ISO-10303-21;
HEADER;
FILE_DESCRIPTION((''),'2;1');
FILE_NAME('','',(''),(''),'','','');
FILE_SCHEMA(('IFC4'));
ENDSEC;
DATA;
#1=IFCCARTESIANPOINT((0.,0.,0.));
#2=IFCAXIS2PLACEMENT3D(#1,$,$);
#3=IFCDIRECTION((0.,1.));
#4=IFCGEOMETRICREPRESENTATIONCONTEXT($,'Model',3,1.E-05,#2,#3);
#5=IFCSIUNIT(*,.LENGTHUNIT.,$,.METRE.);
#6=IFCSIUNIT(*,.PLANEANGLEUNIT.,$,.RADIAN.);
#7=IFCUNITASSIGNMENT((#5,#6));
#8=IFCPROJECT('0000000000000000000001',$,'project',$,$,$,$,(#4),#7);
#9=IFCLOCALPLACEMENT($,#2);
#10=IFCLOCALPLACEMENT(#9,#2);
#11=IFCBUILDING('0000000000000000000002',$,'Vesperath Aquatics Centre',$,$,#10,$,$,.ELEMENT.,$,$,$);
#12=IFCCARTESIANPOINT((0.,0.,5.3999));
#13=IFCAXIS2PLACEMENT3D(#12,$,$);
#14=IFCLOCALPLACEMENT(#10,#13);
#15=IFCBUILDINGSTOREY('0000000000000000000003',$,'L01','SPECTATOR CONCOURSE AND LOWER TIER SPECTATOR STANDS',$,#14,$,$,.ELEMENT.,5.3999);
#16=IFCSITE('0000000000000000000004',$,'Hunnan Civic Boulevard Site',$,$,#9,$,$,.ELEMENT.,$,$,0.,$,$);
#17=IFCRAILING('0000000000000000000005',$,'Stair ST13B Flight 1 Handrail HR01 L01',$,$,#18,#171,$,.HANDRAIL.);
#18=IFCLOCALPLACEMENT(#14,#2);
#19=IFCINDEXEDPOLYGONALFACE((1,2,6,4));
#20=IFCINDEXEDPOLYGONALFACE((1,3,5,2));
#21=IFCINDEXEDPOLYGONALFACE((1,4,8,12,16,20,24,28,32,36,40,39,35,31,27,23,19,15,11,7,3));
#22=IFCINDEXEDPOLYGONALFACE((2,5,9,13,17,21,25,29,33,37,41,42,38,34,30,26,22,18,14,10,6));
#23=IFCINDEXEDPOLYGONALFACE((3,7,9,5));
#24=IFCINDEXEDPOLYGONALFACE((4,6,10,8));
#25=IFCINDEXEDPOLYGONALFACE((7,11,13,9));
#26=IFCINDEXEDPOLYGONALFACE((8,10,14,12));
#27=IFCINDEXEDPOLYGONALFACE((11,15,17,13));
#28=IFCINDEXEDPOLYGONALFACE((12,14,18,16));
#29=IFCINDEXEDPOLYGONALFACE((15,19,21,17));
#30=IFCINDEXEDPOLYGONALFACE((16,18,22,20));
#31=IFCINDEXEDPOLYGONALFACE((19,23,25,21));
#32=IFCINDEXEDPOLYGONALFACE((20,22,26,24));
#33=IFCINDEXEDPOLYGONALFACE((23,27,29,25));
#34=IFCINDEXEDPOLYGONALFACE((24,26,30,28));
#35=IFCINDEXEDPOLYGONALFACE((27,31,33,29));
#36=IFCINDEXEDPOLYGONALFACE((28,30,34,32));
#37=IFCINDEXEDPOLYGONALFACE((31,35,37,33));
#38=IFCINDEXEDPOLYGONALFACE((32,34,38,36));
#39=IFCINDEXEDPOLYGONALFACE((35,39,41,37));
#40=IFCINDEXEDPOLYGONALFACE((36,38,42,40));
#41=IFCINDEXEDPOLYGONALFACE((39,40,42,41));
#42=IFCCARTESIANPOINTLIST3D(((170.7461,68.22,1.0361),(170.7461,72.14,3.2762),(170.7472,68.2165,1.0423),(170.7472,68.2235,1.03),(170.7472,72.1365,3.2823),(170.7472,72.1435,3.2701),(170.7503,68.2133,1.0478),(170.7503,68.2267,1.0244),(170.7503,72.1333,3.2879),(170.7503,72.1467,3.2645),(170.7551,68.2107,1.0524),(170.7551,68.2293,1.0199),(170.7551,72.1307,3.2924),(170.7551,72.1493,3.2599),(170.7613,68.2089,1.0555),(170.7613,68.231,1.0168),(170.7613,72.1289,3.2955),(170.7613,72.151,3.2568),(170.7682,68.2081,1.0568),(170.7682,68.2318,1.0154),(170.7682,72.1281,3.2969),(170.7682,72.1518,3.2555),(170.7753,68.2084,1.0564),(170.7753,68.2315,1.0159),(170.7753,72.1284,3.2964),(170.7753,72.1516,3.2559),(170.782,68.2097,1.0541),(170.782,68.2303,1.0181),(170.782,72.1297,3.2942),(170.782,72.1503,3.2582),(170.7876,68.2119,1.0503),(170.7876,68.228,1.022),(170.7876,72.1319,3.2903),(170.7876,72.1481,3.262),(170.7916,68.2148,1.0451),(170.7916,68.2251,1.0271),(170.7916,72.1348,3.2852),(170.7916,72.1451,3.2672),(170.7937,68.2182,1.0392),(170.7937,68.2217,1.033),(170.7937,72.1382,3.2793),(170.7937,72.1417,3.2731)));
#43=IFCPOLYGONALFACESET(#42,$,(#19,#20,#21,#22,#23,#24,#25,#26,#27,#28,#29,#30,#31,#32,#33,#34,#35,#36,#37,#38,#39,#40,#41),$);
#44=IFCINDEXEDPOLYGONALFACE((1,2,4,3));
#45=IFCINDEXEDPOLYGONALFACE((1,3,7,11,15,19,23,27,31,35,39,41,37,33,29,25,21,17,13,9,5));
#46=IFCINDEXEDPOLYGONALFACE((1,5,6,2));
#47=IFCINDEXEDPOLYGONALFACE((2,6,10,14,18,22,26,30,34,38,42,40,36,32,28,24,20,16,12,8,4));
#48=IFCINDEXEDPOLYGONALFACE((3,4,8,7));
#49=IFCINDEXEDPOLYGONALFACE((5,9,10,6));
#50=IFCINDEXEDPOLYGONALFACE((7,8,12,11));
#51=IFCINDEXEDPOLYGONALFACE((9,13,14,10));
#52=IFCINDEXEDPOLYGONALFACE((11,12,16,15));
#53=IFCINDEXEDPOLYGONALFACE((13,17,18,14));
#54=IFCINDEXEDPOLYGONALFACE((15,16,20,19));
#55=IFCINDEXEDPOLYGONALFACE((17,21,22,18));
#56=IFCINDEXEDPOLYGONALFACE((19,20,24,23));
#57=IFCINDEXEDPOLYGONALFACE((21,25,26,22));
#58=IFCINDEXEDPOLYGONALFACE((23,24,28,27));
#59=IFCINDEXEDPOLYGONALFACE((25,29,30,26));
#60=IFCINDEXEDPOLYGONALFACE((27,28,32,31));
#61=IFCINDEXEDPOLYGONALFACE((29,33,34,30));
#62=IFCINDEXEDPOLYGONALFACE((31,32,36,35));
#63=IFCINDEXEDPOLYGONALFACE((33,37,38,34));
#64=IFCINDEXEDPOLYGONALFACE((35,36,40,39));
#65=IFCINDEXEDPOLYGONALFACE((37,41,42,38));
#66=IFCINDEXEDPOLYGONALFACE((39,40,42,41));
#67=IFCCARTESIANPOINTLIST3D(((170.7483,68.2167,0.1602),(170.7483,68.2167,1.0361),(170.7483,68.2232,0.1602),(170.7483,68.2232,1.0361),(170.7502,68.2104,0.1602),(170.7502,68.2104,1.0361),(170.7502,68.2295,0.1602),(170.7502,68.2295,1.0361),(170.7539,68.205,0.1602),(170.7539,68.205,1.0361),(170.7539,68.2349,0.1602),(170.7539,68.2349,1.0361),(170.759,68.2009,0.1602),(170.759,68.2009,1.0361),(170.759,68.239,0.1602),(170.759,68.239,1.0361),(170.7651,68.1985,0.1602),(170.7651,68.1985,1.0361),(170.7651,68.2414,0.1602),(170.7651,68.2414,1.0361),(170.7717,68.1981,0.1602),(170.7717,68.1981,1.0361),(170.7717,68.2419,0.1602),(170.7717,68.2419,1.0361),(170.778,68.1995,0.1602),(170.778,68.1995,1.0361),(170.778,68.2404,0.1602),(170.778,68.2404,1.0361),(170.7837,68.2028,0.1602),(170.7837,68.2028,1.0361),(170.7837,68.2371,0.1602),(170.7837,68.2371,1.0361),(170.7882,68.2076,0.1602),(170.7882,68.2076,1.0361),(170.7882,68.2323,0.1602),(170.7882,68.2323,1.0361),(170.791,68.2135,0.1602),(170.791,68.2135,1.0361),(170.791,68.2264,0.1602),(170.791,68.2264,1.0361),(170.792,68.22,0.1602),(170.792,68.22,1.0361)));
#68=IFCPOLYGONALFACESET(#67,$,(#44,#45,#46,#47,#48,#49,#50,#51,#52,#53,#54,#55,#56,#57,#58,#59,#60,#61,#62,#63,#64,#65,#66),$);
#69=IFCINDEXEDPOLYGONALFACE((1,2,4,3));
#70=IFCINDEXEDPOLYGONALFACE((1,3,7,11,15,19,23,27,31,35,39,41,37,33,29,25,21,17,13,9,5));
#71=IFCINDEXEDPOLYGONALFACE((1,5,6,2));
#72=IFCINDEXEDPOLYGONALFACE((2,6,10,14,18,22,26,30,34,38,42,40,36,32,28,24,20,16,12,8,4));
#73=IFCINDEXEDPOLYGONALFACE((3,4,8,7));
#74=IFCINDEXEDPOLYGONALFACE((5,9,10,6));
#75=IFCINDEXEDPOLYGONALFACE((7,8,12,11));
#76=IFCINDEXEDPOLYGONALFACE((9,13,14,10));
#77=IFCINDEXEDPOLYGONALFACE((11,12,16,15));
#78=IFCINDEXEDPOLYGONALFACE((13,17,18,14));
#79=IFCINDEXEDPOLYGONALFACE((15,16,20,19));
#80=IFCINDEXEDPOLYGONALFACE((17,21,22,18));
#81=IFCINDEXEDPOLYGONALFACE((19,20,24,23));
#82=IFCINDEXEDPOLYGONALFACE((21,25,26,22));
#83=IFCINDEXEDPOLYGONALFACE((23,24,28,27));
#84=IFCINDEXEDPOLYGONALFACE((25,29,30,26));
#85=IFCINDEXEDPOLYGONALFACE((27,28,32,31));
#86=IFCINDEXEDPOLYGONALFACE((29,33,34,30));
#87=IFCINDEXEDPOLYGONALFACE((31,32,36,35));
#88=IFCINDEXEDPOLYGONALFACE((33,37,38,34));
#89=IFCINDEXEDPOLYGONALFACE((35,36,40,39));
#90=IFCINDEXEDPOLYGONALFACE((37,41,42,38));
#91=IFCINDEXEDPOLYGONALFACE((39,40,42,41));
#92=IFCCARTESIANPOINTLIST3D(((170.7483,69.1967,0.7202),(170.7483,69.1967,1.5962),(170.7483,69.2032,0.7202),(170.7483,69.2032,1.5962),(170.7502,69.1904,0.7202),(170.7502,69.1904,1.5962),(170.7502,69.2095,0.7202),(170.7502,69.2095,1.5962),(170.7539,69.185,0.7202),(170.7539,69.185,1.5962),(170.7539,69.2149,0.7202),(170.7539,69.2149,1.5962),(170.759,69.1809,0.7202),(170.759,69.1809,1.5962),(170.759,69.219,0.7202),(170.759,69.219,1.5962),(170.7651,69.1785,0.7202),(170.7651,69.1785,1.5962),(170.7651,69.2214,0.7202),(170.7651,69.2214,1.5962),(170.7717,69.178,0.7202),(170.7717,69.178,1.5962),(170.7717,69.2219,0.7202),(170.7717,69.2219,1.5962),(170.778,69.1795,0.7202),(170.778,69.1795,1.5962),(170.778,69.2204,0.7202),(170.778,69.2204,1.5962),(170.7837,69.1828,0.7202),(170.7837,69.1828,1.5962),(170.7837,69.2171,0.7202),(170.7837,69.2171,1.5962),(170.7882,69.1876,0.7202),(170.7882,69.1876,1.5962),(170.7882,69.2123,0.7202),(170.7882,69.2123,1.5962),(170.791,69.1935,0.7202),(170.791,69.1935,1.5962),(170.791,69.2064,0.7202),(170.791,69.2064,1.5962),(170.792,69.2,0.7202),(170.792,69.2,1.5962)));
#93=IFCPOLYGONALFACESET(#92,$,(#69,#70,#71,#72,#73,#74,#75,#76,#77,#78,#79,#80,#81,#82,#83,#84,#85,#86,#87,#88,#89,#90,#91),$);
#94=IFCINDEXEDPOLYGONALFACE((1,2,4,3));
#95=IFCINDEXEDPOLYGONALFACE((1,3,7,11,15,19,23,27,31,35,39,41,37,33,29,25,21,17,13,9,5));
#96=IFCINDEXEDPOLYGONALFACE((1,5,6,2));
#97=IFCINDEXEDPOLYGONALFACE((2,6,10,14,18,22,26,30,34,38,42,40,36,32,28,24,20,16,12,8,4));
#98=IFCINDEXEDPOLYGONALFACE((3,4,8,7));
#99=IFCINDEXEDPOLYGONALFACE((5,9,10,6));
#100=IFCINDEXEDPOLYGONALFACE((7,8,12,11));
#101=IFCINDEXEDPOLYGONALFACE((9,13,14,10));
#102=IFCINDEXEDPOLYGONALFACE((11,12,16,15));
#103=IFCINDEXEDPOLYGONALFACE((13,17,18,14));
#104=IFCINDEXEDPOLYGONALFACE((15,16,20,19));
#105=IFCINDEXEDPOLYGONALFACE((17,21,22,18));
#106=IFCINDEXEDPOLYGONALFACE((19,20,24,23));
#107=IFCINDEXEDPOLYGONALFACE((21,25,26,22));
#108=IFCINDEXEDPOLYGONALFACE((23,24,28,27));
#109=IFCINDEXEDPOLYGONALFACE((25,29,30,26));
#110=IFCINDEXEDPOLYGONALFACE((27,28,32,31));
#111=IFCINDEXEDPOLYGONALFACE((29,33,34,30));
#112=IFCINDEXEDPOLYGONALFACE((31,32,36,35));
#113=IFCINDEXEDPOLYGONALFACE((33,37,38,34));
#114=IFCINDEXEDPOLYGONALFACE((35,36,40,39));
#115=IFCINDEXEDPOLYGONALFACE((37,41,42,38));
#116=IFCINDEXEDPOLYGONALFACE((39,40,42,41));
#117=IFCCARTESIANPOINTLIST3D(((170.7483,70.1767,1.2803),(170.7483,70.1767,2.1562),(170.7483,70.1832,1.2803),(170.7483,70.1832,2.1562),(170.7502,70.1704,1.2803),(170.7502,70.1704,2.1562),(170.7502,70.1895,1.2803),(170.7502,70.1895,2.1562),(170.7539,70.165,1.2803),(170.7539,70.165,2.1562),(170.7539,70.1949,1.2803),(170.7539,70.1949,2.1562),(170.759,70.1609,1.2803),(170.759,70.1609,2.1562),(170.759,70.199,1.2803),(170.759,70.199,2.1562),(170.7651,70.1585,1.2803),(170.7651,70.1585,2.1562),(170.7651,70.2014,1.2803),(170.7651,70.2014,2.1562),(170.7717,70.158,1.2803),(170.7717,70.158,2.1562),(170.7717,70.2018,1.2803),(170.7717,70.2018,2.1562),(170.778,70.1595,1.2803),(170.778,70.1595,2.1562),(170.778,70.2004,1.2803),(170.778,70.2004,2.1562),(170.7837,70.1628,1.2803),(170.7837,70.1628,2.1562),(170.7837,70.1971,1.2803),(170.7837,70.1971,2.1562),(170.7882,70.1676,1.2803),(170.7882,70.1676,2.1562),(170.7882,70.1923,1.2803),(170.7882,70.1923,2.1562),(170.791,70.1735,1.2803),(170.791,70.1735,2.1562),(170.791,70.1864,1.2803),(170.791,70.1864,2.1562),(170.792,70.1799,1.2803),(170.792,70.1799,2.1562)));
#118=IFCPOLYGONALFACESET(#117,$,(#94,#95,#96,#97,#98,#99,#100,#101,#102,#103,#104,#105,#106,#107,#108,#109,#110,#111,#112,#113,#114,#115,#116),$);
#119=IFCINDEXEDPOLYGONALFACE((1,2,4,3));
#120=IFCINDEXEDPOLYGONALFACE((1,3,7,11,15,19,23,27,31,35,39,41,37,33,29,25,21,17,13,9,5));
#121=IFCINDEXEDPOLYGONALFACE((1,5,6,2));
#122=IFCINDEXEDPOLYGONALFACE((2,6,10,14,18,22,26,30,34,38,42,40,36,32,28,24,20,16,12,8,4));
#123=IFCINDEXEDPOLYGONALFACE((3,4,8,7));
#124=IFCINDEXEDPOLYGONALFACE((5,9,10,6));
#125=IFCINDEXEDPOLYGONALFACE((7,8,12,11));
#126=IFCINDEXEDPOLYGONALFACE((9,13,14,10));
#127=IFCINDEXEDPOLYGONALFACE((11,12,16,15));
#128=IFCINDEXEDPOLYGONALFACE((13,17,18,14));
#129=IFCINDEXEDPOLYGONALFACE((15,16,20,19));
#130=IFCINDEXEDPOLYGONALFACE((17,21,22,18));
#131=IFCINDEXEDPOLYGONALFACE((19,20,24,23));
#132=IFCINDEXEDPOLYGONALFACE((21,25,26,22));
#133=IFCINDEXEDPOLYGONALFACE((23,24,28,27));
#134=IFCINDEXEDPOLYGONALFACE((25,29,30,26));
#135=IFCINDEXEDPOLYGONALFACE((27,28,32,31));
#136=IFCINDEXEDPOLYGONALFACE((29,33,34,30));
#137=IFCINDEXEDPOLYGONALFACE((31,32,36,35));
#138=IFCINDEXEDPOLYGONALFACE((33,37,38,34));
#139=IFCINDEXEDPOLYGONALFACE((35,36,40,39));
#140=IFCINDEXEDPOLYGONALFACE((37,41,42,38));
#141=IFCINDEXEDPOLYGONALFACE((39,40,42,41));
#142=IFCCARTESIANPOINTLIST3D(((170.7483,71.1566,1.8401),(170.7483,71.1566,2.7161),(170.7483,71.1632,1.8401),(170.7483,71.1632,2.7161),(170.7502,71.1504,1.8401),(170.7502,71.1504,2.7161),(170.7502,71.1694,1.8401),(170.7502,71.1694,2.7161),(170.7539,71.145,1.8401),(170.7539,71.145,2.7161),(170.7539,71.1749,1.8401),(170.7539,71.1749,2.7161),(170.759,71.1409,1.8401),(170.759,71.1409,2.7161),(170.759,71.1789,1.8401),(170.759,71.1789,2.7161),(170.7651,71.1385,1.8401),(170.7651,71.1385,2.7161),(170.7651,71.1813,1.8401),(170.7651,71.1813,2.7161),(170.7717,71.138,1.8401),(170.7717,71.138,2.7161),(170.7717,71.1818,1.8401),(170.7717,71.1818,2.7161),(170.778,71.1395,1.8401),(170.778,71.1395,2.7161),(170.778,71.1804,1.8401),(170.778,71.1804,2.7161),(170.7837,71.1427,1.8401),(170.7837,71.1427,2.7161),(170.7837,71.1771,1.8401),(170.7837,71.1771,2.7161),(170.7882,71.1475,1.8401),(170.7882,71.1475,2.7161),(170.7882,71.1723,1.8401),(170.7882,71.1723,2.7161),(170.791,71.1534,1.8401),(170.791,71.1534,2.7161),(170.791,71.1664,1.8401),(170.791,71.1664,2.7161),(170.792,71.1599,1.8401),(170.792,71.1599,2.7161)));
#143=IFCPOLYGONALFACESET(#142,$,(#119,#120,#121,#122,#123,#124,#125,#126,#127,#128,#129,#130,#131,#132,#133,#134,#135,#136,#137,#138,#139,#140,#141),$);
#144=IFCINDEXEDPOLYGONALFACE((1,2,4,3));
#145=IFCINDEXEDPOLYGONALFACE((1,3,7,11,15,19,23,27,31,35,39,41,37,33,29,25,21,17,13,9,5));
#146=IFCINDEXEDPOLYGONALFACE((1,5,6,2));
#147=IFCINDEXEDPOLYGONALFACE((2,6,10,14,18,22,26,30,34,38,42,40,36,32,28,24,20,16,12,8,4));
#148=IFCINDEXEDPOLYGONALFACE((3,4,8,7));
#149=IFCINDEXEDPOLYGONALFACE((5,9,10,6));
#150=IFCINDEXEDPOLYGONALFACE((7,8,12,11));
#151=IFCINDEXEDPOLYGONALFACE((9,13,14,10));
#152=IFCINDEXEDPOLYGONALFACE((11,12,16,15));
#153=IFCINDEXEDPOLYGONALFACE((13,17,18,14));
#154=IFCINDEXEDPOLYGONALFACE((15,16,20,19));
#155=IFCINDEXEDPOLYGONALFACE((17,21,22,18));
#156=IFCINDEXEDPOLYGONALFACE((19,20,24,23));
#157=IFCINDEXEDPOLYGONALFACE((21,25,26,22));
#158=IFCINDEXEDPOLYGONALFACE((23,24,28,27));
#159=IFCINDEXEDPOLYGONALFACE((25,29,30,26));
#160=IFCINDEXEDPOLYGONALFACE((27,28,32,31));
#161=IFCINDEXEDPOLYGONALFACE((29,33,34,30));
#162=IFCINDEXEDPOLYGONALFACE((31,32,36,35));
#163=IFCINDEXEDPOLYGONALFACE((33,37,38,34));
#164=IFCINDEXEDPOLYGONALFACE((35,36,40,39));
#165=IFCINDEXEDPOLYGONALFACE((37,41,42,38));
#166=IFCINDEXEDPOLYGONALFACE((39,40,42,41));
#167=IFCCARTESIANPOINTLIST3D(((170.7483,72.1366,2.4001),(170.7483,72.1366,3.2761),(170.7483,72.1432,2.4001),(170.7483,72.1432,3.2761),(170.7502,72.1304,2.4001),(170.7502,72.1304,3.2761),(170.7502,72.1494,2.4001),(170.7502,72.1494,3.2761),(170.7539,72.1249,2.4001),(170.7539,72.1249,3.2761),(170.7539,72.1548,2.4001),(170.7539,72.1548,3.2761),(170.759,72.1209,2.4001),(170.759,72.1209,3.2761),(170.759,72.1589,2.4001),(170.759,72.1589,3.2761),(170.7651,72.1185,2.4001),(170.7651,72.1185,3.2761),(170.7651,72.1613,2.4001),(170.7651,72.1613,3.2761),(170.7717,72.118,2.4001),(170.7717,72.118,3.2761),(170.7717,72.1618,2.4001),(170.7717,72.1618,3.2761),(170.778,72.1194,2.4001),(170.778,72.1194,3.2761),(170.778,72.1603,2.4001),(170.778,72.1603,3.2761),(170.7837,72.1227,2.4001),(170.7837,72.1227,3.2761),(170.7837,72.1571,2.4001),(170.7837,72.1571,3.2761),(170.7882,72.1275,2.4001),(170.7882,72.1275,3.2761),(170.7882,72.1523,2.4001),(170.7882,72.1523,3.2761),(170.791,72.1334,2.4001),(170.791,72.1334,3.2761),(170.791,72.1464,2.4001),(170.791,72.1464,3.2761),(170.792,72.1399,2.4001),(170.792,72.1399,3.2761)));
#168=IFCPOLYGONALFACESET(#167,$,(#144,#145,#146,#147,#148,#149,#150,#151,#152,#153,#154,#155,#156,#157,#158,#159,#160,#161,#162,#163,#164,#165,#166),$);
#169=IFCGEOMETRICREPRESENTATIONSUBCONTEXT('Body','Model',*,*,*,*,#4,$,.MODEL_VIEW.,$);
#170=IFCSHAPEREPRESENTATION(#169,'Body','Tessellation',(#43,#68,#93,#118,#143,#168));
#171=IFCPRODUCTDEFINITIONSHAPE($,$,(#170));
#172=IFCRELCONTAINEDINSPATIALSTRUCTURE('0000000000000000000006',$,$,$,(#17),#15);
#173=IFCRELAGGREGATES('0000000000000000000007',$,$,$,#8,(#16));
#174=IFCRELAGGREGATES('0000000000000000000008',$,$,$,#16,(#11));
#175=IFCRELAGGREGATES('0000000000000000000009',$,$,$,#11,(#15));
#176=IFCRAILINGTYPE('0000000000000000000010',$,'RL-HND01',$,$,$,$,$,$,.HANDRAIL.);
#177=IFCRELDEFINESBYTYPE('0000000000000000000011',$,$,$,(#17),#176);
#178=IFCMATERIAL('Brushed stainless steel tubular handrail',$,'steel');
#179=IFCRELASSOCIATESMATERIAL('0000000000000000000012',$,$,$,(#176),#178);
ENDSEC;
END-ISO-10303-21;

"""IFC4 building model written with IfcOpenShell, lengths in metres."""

from ifc_helpers import new_model, si_unit, direction, frame, origin, origin_2d, place, context, subcontext, project, spatial, circle, extrude, material, type_object, element, save


model = new_model("IFC4")

# Units and contexts
model_context = context("Model", 3, precision=1e-05, world=origin(), true_north=direction((0.0, 1.0)))
body_context = subcontext(model_context, "Body", "Model", "MODEL_VIEW")
ifc_project = project(units=[si_unit("LENGTHUNIT", "METRE"), si_unit("PLANEANGLEUNIT", "RADIAN")], contexts=[model_context])

# Site, building, storey
site_placement = place(None, origin())
site = spatial("IfcSite", under=ifc_project, at=site_placement, Name="Hunnan Civic Boulevard Site", CompositionType="ELEMENT", RefElevation=0.0)
building_placement = place(site_placement, origin())
building = spatial("IfcBuilding", under=site, at=building_placement, Name="Vesperath Aquatics Centre", CompositionType="ELEMENT")
storey_placement = place(building_placement, frame((0.0, 0.0, 5.3999)))
storey = spatial("IfcBuildingStorey", under=building, at=storey_placement, Name="L01", Description="SPECTATOR CONCOURSE AND LOWER TIER SPECTATOR STANDS", CompositionType="ELEMENT", Elevation=5.3999)

# Railing
ifc_material_1 = material(Name="Brushed stainless steel tubular handrail", Category="steel")
railing_type_1 = type_object("IfcRailingType", Name="RL-HND01", PredefinedType="HANDRAIL", material=ifc_material_1)
railing_1_placement = place(storey_placement, frame((170.77, 68.22, 0.1602)))
element("IfcRailing", 1, at=railing_1_placement, inside=storey, type_object=railing_type_1, Name="Stair ST13B Flight 1 Handrail HR01 L01", PredefinedType="HANDRAIL", context=body_context, shape_type="SweptSolid", body=[
    extrude(circle(Radius=0.0239, at=origin_2d()), frame((0.0, 0.0, 0.876), z_axis=(0.0, 0.86824, 0.496145), x_axis=(-1.0, 0.0, 0.0)), (0.0, 0.0, 1.0), 4.5149),
    extrude(circle(Radius=0.022, at=origin_2d()), origin(), (0.0, 0.0, 1.0), 0.876),
    extrude(circle(Radius=0.022, at=origin_2d()), frame((0.0, 0.98, 0.5601)), (0.0, 0.0, 1.0), 0.876),
    extrude(circle(Radius=0.022, at=origin_2d()), frame((0.0, 1.96, 1.1201)), (0.0, 0.0, 1.0), 0.876),
    extrude(circle(Radius=0.022, at=origin_2d()), frame((0.0, 2.9399, 1.6799)), (0.0, 0.0, 1.0), 0.876),
    extrude(circle(Radius=0.022, at=origin_2d()), frame((0.0, 3.9199, 2.24)), (0.0, 0.0, 1.0), 0.876),
])

save(model, "model.ifc")
